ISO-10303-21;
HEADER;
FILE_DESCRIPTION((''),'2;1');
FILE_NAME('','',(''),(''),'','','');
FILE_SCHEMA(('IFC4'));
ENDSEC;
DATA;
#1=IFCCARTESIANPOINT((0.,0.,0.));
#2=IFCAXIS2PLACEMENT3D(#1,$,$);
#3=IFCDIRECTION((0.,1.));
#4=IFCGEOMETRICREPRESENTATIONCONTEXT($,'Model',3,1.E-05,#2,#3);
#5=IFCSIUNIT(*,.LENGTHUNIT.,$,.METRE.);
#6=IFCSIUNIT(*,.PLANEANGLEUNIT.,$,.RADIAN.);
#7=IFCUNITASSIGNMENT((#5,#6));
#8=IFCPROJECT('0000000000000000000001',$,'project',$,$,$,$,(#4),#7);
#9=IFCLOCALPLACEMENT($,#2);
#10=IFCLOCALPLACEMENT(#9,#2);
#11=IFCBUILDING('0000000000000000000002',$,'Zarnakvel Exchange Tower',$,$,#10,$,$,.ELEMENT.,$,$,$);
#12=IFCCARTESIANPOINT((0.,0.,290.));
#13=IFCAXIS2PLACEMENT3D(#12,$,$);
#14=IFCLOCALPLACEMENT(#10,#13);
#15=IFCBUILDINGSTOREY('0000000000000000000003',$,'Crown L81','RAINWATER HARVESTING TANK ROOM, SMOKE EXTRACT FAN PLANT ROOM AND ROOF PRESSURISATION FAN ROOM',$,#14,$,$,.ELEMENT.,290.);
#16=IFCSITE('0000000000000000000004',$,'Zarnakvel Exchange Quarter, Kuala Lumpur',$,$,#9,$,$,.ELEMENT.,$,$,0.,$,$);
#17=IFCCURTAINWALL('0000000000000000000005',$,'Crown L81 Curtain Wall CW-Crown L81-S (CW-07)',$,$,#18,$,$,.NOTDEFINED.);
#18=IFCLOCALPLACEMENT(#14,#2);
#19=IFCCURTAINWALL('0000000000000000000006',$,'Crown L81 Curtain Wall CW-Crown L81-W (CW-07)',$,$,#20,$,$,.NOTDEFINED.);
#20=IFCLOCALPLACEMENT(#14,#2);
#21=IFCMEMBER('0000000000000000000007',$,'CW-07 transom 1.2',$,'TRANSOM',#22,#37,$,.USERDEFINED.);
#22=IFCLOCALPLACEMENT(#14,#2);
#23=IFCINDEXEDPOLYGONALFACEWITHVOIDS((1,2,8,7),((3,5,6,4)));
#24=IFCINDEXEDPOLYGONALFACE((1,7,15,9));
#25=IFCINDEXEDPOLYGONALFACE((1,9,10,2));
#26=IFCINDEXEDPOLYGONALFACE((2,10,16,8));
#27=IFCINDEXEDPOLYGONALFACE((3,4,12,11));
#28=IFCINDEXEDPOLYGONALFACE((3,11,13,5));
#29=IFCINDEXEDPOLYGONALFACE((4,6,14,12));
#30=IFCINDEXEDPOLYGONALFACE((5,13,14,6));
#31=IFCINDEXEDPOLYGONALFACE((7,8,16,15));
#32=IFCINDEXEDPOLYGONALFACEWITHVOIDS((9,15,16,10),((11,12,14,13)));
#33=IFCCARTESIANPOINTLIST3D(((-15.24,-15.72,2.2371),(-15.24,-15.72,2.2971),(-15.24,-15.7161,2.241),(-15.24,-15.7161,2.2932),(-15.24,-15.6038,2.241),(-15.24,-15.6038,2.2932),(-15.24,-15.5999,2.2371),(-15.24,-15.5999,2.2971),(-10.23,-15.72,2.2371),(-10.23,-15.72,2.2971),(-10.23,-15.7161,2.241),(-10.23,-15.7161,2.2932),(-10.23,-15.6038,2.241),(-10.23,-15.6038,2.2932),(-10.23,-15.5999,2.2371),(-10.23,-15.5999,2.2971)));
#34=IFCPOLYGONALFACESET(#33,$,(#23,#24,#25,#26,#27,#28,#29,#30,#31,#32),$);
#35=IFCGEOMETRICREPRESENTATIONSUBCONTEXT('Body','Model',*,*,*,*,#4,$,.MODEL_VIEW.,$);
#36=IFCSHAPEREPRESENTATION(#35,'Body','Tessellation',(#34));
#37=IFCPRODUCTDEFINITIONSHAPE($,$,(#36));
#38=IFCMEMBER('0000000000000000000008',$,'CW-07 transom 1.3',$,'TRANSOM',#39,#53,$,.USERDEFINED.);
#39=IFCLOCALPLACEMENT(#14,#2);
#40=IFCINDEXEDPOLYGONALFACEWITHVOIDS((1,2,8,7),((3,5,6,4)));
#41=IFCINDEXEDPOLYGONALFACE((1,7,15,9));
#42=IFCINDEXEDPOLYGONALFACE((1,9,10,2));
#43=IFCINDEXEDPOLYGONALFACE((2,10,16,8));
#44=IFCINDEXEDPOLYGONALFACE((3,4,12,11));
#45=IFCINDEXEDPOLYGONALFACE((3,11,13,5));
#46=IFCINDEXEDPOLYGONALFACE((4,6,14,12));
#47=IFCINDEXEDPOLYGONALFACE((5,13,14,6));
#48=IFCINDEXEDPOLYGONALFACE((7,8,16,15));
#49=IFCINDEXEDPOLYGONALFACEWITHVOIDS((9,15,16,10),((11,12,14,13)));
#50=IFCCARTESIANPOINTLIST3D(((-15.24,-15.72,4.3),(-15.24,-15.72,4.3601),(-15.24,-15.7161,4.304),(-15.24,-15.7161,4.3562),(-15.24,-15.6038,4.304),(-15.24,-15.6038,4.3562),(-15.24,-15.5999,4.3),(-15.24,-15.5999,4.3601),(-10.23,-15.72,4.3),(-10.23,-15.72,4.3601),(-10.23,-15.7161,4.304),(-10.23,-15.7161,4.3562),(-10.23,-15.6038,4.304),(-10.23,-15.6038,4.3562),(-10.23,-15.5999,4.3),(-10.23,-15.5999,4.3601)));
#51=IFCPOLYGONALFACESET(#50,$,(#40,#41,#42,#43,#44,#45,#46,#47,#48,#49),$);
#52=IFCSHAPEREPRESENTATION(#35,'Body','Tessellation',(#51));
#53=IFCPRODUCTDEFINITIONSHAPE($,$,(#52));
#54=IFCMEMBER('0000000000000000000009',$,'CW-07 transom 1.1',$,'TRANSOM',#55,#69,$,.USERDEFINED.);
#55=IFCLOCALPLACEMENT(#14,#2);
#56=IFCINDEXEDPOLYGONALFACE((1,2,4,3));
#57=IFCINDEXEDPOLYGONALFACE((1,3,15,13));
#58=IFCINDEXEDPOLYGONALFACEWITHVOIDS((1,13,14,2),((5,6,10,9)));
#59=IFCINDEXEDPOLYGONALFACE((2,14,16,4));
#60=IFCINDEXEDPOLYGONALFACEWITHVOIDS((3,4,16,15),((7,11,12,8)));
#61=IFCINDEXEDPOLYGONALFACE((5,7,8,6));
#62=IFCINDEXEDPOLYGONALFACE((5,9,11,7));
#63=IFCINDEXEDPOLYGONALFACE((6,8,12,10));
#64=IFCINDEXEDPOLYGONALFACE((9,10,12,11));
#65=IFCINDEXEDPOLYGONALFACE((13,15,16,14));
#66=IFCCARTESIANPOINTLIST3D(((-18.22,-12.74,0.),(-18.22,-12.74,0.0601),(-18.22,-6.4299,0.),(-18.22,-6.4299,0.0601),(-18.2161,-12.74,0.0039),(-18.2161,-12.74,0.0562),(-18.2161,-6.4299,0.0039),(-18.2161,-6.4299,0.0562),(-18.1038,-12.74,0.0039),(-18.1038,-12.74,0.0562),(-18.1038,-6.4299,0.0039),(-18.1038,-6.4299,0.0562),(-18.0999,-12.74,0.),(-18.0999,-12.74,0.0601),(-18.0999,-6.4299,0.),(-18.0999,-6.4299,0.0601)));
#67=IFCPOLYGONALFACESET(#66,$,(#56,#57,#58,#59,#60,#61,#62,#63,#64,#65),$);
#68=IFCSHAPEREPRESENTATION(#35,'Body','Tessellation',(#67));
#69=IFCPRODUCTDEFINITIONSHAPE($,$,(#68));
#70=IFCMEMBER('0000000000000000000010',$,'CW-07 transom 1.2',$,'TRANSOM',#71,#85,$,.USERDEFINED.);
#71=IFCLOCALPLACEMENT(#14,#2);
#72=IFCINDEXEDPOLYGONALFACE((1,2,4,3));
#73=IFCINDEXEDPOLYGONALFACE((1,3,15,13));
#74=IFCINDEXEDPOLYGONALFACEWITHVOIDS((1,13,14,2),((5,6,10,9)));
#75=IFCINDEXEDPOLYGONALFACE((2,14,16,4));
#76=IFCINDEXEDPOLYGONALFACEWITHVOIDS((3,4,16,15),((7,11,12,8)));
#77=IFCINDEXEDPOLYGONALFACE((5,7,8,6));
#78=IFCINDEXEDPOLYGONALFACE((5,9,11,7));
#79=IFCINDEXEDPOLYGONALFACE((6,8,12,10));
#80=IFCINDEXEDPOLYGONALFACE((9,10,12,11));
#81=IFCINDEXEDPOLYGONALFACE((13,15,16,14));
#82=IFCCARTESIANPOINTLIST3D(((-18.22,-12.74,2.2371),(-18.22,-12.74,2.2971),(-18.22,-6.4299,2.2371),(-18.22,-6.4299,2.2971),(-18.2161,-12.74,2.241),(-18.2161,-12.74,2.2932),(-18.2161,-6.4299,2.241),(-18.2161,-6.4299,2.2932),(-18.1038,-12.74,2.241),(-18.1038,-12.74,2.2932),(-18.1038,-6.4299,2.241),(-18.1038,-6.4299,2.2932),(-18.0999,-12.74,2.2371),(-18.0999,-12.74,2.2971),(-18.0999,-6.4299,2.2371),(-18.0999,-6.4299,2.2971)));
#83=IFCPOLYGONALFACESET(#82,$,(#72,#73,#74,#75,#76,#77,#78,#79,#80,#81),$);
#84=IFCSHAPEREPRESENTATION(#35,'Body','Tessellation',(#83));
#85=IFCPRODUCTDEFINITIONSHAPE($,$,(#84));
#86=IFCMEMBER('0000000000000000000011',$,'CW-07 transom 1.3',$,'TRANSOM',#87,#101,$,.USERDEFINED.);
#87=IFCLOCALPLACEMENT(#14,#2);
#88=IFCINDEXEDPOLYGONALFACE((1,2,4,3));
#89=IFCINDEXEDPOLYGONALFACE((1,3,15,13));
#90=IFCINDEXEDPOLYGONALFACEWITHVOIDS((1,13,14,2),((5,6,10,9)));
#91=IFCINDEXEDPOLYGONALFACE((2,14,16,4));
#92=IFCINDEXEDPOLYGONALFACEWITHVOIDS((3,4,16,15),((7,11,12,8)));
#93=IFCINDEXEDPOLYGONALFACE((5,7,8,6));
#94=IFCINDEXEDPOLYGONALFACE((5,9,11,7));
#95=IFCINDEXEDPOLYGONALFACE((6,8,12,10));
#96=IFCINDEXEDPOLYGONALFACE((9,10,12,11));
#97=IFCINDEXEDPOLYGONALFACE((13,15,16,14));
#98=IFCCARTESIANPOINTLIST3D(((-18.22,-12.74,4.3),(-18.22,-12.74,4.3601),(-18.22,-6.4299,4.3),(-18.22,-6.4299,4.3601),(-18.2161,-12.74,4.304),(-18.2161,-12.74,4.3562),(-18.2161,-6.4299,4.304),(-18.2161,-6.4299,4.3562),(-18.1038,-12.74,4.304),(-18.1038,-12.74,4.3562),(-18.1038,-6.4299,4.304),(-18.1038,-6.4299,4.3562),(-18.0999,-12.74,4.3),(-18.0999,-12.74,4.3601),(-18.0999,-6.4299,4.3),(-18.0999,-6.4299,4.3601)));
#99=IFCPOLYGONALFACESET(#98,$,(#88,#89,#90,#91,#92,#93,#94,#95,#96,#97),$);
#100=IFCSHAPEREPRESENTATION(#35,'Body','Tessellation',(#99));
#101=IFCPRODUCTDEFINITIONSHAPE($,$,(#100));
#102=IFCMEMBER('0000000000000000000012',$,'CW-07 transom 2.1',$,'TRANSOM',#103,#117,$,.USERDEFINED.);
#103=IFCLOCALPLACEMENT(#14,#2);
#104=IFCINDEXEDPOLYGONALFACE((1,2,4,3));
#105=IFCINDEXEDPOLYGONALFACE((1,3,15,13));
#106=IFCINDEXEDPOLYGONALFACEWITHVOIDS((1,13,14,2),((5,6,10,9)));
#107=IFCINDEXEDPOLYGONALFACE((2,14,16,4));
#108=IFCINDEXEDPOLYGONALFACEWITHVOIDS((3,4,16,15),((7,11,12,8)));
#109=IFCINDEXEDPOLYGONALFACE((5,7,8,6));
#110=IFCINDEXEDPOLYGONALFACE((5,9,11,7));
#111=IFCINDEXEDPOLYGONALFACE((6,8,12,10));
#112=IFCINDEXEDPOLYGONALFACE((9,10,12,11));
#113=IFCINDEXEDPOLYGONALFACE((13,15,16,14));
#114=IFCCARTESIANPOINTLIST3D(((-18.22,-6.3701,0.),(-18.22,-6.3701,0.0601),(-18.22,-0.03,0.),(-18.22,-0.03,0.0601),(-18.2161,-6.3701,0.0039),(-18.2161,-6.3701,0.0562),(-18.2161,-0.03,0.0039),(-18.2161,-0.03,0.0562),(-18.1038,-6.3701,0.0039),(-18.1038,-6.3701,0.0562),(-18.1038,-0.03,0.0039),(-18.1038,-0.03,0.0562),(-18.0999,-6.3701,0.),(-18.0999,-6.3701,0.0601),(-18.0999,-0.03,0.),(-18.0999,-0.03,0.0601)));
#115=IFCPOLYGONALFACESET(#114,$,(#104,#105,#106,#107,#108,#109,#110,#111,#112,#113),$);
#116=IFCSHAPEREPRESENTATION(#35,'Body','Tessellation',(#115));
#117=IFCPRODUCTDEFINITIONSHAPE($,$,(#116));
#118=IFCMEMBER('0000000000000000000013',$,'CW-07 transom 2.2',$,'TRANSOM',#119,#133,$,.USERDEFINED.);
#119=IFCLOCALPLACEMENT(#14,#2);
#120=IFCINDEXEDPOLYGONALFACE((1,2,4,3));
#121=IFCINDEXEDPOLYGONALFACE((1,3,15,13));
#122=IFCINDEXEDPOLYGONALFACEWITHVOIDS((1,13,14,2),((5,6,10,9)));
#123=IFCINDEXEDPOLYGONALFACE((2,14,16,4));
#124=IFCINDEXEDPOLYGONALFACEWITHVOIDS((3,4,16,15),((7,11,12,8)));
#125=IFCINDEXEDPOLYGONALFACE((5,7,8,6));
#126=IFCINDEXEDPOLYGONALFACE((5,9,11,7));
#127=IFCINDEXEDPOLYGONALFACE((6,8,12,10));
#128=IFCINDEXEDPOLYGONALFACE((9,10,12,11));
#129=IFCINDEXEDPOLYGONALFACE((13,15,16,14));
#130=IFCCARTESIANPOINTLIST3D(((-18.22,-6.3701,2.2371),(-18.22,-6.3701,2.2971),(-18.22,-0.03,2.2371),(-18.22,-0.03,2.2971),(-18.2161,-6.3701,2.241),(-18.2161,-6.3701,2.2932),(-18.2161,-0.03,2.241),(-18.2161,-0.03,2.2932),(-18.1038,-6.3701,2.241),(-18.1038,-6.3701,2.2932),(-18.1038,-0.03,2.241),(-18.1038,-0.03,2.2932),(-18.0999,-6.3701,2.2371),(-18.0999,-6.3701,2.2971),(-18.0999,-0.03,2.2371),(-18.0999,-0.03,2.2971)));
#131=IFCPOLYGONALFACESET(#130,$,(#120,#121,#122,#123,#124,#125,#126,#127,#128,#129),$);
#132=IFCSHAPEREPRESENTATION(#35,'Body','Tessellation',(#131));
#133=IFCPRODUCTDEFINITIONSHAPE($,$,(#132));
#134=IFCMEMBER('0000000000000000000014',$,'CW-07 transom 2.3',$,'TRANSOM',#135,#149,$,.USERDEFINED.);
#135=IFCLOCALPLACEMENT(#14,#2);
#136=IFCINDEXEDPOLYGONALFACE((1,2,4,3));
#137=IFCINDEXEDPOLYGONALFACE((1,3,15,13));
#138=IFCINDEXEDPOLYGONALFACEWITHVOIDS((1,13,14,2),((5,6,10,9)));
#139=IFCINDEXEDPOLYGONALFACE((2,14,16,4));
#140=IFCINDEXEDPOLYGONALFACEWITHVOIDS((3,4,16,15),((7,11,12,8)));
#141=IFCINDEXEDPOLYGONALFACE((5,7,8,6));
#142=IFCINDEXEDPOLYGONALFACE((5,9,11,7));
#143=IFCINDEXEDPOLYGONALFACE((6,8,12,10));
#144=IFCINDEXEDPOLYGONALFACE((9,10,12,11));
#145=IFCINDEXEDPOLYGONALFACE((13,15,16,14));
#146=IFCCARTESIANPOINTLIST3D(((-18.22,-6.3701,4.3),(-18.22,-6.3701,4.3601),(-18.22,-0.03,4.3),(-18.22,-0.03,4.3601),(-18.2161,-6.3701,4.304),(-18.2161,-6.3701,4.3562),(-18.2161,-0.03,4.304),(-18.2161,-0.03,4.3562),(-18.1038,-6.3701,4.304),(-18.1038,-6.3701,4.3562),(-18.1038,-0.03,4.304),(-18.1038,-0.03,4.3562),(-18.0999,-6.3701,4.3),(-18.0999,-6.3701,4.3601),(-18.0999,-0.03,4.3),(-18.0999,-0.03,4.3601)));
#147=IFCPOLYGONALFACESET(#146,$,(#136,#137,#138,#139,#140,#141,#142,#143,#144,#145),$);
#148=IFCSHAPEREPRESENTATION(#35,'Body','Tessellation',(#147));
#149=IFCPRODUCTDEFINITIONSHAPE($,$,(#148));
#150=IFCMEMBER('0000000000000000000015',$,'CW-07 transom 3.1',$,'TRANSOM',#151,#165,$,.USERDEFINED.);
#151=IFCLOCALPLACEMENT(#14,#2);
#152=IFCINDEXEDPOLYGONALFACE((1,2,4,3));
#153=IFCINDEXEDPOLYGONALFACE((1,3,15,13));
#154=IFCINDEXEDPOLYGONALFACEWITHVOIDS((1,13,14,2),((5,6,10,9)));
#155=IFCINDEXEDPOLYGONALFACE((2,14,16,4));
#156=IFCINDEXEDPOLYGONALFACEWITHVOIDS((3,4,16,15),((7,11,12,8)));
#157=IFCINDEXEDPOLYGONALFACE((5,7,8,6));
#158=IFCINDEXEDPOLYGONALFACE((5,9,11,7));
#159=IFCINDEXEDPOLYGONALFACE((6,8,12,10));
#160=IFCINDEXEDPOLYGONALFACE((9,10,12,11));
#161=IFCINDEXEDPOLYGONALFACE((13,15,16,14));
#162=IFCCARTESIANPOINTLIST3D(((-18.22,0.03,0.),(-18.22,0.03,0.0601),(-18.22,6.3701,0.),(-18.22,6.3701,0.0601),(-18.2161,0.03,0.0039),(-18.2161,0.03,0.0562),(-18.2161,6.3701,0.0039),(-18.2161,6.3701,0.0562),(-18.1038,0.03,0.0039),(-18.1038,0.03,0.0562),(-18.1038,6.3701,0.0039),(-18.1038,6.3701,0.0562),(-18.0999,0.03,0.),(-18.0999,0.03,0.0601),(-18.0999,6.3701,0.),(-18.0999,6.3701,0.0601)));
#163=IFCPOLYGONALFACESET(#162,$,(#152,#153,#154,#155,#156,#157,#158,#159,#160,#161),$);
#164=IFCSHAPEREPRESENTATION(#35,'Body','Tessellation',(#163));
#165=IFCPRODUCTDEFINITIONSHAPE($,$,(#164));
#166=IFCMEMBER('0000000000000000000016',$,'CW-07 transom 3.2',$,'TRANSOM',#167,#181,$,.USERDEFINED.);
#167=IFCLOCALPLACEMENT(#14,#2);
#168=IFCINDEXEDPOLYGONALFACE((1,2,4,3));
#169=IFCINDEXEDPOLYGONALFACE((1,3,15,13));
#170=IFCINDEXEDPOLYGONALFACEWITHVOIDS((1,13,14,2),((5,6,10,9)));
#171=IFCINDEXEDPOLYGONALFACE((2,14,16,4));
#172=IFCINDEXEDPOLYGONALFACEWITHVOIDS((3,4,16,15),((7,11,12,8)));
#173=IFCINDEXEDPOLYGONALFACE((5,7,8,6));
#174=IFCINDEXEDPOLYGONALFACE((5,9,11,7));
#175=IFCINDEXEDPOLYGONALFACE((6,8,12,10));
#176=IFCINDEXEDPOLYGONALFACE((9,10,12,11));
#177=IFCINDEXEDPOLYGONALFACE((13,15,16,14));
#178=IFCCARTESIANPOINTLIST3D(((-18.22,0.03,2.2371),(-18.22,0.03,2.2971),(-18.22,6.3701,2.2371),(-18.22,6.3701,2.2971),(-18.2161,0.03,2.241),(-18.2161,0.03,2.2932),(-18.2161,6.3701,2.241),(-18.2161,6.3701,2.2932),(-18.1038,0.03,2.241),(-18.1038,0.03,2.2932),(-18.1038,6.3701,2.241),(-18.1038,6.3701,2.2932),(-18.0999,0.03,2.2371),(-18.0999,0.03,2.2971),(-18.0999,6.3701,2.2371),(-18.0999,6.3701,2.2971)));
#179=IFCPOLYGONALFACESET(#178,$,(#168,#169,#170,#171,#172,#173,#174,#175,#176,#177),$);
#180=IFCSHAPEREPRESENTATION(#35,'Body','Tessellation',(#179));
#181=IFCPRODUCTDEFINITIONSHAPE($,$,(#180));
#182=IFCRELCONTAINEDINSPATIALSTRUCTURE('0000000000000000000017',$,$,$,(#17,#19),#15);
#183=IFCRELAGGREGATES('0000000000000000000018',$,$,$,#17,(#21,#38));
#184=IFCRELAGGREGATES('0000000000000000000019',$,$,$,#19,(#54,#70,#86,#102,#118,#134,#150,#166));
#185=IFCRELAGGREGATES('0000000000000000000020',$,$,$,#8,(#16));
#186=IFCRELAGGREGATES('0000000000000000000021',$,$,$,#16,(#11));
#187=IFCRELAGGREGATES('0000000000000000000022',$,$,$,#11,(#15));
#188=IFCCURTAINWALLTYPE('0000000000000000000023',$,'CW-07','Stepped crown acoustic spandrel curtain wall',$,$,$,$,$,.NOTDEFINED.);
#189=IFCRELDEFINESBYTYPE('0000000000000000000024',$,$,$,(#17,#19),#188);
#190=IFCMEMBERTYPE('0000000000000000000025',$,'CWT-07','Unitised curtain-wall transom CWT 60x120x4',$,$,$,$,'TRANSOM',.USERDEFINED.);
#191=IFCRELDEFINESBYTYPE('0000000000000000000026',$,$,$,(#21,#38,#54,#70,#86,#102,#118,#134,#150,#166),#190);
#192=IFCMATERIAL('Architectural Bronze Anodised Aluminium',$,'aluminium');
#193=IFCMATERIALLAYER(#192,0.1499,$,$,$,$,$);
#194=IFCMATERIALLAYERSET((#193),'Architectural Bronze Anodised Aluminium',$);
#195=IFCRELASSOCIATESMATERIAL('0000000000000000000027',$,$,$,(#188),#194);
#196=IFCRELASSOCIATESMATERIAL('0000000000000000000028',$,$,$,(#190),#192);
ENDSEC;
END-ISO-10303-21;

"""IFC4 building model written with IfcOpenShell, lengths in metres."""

from ifc_helpers import new_model, si_unit, direction, frame, origin, origin_2d, place, context, subcontext, project, spatial, hollow_rectangle, extrude, source, transform, mapped, material, layer, layer_set, material_profile, profile_set, type_object, element, aggregate, save


model = new_model("IFC4")

# Units and contexts
model_context = context("Model", 3, precision=1e-05, world=origin(), true_north=direction((0.0, 1.0)))
body_context = subcontext(model_context, "Body", "Model", "MODEL_VIEW")
ifc_project = project(units=[si_unit("LENGTHUNIT", "METRE"), si_unit("PLANEANGLEUNIT", "RADIAN")], contexts=[model_context])

# Site, building, storey
site_placement = place(None, origin())
site = spatial("IfcSite", under=ifc_project, at=site_placement, Name="Zarnakvel Exchange Quarter, Kuala Lumpur", CompositionType="ELEMENT", RefElevation=0.0)
building_placement = place(site_placement, origin())
building = spatial("IfcBuilding", under=site, at=building_placement, Name="Zarnakvel Exchange Tower", CompositionType="ELEMENT")
storey_placement = place(building_placement, frame((0.0, 0.0, 290.0)))
storey = spatial("IfcBuildingStorey", under=building, at=storey_placement, Name="Crown L81", Description="RAINWATER HARVESTING TANK ROOM, SMOKE EXTRACT FAN PLANT ROOM AND ROOF PRESSURISATION FAN ROOM", CompositionType="ELEMENT", Elevation=290.0)

# Curtain wall
ifc_material_1 = material(Name="Architectural Bronze Anodised Aluminium", Category="aluminium")
ifc_layer_1 = layer(ifc_material_1, 0.1499)
ifc_layer_set_1 = layer_set([ifc_layer_1], Name="Architectural Bronze Anodised Aluminium")
curtain_wall_type = type_object("IfcCurtainWallType", Name="CW-07", Description="Stepped crown acoustic spandrel curtain wall", PredefinedType="NOTDEFINED", material=ifc_layer_set_1)
curtain_wall_1_placement = place(storey_placement, origin())
curtain_wall_1 = element("IfcCurtainWall", 1, at=curtain_wall_1_placement, inside=storey, type_object=curtain_wall_type, Name="Crown L81 Curtain Wall CW-Crown L81-S (CW-07)", PredefinedType="NOTDEFINED")

# Curtain wall
curtain_wall_2_placement = place(storey_placement, origin())
curtain_wall_2 = element("IfcCurtainWall", 2, at=curtain_wall_2_placement, inside=storey, type_object=curtain_wall_type, Name="Crown L81 Curtain Wall CW-Crown L81-W (CW-07)", PredefinedType="NOTDEFINED")

# Members
ifc_material_profile_1 = material_profile(ifc_material_1, hollow_rectangle(XDim=0.1201, YDim=0.0601, WallThickness=0.0039, at=origin_2d()))
ifc_profile_set_1 = profile_set([ifc_material_profile_1], Name="Architectural Bronze Anodised Aluminium")
member_type_1 = type_object("IfcMemberType", Name="CWT-07", Description="Unitised curtain-wall transom CWT 60x120x4", ElementType="TRANSOM", PredefinedType="USERDEFINED", material=ifc_profile_set_1)
shared_shape_1 = source(origin(), body_context, "Body", "SweptSolid", [
    extrude(hollow_rectangle(XDim=0.1201, YDim=0.0601, WallThickness=0.0039, at=origin_2d()), origin(), (0.0, 0.0, 1.0), 5.01),
])
member_1_placement = place(storey_placement, frame((-15.24, -15.6599, 2.2671), z_axis=(1.0, 0.0, 0.0), x_axis=(0.0, 1.0, 0.0)))
member_1 = element("IfcMember", 3, at=member_1_placement, type_object=member_type_1, Name="CW-07 transom 1.2", ObjectType="TRANSOM", PredefinedType="USERDEFINED", context=body_context, shape_type="MappedRepresentation", body=[
    mapped(shared_shape_1, transform((0.0, 0.0, 0.0), x_axis=(1.0, 0.0, 0.0), y_axis=(0.0, 1.0, 0.0), z_axis=(0.0, 0.0, 1.0), scale=1.0)),
])
member_2_placement = place(storey_placement, frame((-15.24, -15.6599, 4.3301), z_axis=(1.0, 0.0, 0.0), x_axis=(0.0, 1.0, 0.0)))
member_2 = element("IfcMember", 4, at=member_2_placement, type_object=member_type_1, Name="CW-07 transom 1.3", ObjectType="TRANSOM", PredefinedType="USERDEFINED", context=body_context, shape_type="MappedRepresentation", body=[
    mapped(shared_shape_1, transform((0.0, 0.0, 0.0), x_axis=(1.0, 0.0, 0.0), y_axis=(0.0, 1.0, 0.0), z_axis=(0.0, 0.0, 1.0), scale=1.0)),
])
aggregate(curtain_wall_1, [member_1, member_2])
shared_shape_2 = source(origin(), body_context, "Body", "SweptSolid", [
    extrude(hollow_rectangle(XDim=0.1201, YDim=0.0601, WallThickness=0.0039, at=origin_2d()), origin(), (0.0, 0.0, 1.0), 6.3101),
])
member_3_placement = place(storey_placement, frame((-18.1599, -12.74, 0.03), z_axis=(0.0, 1.0, 0.0), x_axis=(-1.0, 0.0, 0.0)))
member_3 = element("IfcMember", 5, at=member_3_placement, type_object=member_type_1, Name="CW-07 transom 1.1", ObjectType="TRANSOM", PredefinedType="USERDEFINED", context=body_context, shape_type="MappedRepresentation", body=[
    mapped(shared_shape_2, transform((0.0, 0.0, 0.0), x_axis=(1.0, 0.0, 0.0), y_axis=(0.0, 1.0, 0.0), z_axis=(0.0, 0.0, 1.0), scale=1.0)),
])
member_4_placement = place(storey_placement, frame((-18.1599, -12.74, 2.2671), z_axis=(0.0, 1.0, 0.0), x_axis=(-1.0, 0.0, 0.0)))
member_4 = element("IfcMember", 6, at=member_4_placement, type_object=member_type_1, Name="CW-07 transom 1.2", ObjectType="TRANSOM", PredefinedType="USERDEFINED", context=body_context, shape_type="MappedRepresentation", body=[
    mapped(shared_shape_2, transform((0.0, 0.0, 0.0), x_axis=(1.0, 0.0, 0.0), y_axis=(0.0, 1.0, 0.0), z_axis=(0.0, 0.0, 1.0), scale=1.0)),
])
member_5_placement = place(storey_placement, frame((-18.1599, -12.74, 4.3301), z_axis=(0.0, 1.0, 0.0), x_axis=(-1.0, 0.0, 0.0)))
member_5 = element("IfcMember", 7, at=member_5_placement, type_object=member_type_1, Name="CW-07 transom 1.3", ObjectType="TRANSOM", PredefinedType="USERDEFINED", context=body_context, shape_type="MappedRepresentation", body=[
    mapped(shared_shape_2, transform((0.0, 0.0, 0.0), x_axis=(1.0, 0.0, 0.0), y_axis=(0.0, 1.0, 0.0), z_axis=(0.0, 0.0, 1.0), scale=1.0)),
])
shared_shape_3 = source(origin(), body_context, "Body", "SweptSolid", [
    extrude(hollow_rectangle(XDim=0.1201, YDim=0.0601, WallThickness=0.0039, at=origin_2d()), origin(), (0.0, 0.0, 1.0), 6.3401),
])
member_6_placement = place(storey_placement, frame((-18.1599, -6.3701, 0.03), z_axis=(0.0, 1.0, 0.0), x_axis=(-1.0, 0.0, 0.0)))
member_6 = element("IfcMember", 8, at=member_6_placement, type_object=member_type_1, Name="CW-07 transom 2.1", ObjectType="TRANSOM", PredefinedType="USERDEFINED", context=body_context, shape_type="MappedRepresentation", body=[
    mapped(shared_shape_3, transform((0.0, 0.0, 0.0), x_axis=(1.0, 0.0, 0.0), y_axis=(0.0, 1.0, 0.0), z_axis=(0.0, 0.0, 1.0), scale=1.0)),
])
member_7_placement = place(storey_placement, frame((-18.1599, -6.3701, 2.2671), z_axis=(0.0, 1.0, 0.0), x_axis=(-1.0, 0.0, 0.0)))
member_7 = element("IfcMember", 9, at=member_7_placement, type_object=member_type_1, Name="CW-07 transom 2.2", ObjectType="TRANSOM", PredefinedType="USERDEFINED", context=body_context, shape_type="MappedRepresentation", body=[
    mapped(shared_shape_3, transform((0.0, 0.0, 0.0), x_axis=(1.0, 0.0, 0.0), y_axis=(0.0, 1.0, 0.0), z_axis=(0.0, 0.0, 1.0), scale=1.0)),
])
member_8_placement = place(storey_placement, frame((-18.1599, -6.3701, 4.3301), z_axis=(0.0, 1.0, 0.0), x_axis=(-1.0, 0.0, 0.0)))
member_8 = element("IfcMember", 10, at=member_8_placement, type_object=member_type_1, Name="CW-07 transom 2.3", ObjectType="TRANSOM", PredefinedType="USERDEFINED", context=body_context, shape_type="MappedRepresentation", body=[
    mapped(shared_shape_3, transform((0.0, 0.0, 0.0), x_axis=(1.0, 0.0, 0.0), y_axis=(0.0, 1.0, 0.0), z_axis=(0.0, 0.0, 1.0), scale=1.0)),
])
member_9_placement = place(storey_placement, frame((-18.1599, 0.03, 0.03), z_axis=(0.0, 1.0, 0.0), x_axis=(-1.0, 0.0, 0.0)))
member_9 = element("IfcMember", 11, at=member_9_placement, type_object=member_type_1, Name="CW-07 transom 3.1", ObjectType="TRANSOM", PredefinedType="USERDEFINED", context=body_context, shape_type="MappedRepresentation", body=[
    mapped(shared_shape_3, transform((0.0, 0.0, 0.0), x_axis=(1.0, 0.0, 0.0), y_axis=(0.0, 1.0, 0.0), z_axis=(0.0, 0.0, 1.0), scale=1.0)),
])
member_10_placement = place(storey_placement, frame((-18.1599, 0.03, 2.2671), z_axis=(0.0, 1.0, 0.0), x_axis=(-1.0, 0.0, 0.0)))
member_10 = element("IfcMember", 12, at=member_10_placement, type_object=member_type_1, Name="CW-07 transom 3.2", ObjectType="TRANSOM", PredefinedType="USERDEFINED", context=body_context, shape_type="MappedRepresentation", body=[
    mapped(shared_shape_3, transform((0.0, 0.0, 0.0), x_axis=(1.0, 0.0, 0.0), y_axis=(0.0, 1.0, 0.0), z_axis=(0.0, 0.0, 1.0), scale=1.0)),
])

aggregate(curtain_wall_2, [member_3, member_4, member_5, member_6, member_7, member_8, member_9, member_10])

save(model, "model.ifc")
